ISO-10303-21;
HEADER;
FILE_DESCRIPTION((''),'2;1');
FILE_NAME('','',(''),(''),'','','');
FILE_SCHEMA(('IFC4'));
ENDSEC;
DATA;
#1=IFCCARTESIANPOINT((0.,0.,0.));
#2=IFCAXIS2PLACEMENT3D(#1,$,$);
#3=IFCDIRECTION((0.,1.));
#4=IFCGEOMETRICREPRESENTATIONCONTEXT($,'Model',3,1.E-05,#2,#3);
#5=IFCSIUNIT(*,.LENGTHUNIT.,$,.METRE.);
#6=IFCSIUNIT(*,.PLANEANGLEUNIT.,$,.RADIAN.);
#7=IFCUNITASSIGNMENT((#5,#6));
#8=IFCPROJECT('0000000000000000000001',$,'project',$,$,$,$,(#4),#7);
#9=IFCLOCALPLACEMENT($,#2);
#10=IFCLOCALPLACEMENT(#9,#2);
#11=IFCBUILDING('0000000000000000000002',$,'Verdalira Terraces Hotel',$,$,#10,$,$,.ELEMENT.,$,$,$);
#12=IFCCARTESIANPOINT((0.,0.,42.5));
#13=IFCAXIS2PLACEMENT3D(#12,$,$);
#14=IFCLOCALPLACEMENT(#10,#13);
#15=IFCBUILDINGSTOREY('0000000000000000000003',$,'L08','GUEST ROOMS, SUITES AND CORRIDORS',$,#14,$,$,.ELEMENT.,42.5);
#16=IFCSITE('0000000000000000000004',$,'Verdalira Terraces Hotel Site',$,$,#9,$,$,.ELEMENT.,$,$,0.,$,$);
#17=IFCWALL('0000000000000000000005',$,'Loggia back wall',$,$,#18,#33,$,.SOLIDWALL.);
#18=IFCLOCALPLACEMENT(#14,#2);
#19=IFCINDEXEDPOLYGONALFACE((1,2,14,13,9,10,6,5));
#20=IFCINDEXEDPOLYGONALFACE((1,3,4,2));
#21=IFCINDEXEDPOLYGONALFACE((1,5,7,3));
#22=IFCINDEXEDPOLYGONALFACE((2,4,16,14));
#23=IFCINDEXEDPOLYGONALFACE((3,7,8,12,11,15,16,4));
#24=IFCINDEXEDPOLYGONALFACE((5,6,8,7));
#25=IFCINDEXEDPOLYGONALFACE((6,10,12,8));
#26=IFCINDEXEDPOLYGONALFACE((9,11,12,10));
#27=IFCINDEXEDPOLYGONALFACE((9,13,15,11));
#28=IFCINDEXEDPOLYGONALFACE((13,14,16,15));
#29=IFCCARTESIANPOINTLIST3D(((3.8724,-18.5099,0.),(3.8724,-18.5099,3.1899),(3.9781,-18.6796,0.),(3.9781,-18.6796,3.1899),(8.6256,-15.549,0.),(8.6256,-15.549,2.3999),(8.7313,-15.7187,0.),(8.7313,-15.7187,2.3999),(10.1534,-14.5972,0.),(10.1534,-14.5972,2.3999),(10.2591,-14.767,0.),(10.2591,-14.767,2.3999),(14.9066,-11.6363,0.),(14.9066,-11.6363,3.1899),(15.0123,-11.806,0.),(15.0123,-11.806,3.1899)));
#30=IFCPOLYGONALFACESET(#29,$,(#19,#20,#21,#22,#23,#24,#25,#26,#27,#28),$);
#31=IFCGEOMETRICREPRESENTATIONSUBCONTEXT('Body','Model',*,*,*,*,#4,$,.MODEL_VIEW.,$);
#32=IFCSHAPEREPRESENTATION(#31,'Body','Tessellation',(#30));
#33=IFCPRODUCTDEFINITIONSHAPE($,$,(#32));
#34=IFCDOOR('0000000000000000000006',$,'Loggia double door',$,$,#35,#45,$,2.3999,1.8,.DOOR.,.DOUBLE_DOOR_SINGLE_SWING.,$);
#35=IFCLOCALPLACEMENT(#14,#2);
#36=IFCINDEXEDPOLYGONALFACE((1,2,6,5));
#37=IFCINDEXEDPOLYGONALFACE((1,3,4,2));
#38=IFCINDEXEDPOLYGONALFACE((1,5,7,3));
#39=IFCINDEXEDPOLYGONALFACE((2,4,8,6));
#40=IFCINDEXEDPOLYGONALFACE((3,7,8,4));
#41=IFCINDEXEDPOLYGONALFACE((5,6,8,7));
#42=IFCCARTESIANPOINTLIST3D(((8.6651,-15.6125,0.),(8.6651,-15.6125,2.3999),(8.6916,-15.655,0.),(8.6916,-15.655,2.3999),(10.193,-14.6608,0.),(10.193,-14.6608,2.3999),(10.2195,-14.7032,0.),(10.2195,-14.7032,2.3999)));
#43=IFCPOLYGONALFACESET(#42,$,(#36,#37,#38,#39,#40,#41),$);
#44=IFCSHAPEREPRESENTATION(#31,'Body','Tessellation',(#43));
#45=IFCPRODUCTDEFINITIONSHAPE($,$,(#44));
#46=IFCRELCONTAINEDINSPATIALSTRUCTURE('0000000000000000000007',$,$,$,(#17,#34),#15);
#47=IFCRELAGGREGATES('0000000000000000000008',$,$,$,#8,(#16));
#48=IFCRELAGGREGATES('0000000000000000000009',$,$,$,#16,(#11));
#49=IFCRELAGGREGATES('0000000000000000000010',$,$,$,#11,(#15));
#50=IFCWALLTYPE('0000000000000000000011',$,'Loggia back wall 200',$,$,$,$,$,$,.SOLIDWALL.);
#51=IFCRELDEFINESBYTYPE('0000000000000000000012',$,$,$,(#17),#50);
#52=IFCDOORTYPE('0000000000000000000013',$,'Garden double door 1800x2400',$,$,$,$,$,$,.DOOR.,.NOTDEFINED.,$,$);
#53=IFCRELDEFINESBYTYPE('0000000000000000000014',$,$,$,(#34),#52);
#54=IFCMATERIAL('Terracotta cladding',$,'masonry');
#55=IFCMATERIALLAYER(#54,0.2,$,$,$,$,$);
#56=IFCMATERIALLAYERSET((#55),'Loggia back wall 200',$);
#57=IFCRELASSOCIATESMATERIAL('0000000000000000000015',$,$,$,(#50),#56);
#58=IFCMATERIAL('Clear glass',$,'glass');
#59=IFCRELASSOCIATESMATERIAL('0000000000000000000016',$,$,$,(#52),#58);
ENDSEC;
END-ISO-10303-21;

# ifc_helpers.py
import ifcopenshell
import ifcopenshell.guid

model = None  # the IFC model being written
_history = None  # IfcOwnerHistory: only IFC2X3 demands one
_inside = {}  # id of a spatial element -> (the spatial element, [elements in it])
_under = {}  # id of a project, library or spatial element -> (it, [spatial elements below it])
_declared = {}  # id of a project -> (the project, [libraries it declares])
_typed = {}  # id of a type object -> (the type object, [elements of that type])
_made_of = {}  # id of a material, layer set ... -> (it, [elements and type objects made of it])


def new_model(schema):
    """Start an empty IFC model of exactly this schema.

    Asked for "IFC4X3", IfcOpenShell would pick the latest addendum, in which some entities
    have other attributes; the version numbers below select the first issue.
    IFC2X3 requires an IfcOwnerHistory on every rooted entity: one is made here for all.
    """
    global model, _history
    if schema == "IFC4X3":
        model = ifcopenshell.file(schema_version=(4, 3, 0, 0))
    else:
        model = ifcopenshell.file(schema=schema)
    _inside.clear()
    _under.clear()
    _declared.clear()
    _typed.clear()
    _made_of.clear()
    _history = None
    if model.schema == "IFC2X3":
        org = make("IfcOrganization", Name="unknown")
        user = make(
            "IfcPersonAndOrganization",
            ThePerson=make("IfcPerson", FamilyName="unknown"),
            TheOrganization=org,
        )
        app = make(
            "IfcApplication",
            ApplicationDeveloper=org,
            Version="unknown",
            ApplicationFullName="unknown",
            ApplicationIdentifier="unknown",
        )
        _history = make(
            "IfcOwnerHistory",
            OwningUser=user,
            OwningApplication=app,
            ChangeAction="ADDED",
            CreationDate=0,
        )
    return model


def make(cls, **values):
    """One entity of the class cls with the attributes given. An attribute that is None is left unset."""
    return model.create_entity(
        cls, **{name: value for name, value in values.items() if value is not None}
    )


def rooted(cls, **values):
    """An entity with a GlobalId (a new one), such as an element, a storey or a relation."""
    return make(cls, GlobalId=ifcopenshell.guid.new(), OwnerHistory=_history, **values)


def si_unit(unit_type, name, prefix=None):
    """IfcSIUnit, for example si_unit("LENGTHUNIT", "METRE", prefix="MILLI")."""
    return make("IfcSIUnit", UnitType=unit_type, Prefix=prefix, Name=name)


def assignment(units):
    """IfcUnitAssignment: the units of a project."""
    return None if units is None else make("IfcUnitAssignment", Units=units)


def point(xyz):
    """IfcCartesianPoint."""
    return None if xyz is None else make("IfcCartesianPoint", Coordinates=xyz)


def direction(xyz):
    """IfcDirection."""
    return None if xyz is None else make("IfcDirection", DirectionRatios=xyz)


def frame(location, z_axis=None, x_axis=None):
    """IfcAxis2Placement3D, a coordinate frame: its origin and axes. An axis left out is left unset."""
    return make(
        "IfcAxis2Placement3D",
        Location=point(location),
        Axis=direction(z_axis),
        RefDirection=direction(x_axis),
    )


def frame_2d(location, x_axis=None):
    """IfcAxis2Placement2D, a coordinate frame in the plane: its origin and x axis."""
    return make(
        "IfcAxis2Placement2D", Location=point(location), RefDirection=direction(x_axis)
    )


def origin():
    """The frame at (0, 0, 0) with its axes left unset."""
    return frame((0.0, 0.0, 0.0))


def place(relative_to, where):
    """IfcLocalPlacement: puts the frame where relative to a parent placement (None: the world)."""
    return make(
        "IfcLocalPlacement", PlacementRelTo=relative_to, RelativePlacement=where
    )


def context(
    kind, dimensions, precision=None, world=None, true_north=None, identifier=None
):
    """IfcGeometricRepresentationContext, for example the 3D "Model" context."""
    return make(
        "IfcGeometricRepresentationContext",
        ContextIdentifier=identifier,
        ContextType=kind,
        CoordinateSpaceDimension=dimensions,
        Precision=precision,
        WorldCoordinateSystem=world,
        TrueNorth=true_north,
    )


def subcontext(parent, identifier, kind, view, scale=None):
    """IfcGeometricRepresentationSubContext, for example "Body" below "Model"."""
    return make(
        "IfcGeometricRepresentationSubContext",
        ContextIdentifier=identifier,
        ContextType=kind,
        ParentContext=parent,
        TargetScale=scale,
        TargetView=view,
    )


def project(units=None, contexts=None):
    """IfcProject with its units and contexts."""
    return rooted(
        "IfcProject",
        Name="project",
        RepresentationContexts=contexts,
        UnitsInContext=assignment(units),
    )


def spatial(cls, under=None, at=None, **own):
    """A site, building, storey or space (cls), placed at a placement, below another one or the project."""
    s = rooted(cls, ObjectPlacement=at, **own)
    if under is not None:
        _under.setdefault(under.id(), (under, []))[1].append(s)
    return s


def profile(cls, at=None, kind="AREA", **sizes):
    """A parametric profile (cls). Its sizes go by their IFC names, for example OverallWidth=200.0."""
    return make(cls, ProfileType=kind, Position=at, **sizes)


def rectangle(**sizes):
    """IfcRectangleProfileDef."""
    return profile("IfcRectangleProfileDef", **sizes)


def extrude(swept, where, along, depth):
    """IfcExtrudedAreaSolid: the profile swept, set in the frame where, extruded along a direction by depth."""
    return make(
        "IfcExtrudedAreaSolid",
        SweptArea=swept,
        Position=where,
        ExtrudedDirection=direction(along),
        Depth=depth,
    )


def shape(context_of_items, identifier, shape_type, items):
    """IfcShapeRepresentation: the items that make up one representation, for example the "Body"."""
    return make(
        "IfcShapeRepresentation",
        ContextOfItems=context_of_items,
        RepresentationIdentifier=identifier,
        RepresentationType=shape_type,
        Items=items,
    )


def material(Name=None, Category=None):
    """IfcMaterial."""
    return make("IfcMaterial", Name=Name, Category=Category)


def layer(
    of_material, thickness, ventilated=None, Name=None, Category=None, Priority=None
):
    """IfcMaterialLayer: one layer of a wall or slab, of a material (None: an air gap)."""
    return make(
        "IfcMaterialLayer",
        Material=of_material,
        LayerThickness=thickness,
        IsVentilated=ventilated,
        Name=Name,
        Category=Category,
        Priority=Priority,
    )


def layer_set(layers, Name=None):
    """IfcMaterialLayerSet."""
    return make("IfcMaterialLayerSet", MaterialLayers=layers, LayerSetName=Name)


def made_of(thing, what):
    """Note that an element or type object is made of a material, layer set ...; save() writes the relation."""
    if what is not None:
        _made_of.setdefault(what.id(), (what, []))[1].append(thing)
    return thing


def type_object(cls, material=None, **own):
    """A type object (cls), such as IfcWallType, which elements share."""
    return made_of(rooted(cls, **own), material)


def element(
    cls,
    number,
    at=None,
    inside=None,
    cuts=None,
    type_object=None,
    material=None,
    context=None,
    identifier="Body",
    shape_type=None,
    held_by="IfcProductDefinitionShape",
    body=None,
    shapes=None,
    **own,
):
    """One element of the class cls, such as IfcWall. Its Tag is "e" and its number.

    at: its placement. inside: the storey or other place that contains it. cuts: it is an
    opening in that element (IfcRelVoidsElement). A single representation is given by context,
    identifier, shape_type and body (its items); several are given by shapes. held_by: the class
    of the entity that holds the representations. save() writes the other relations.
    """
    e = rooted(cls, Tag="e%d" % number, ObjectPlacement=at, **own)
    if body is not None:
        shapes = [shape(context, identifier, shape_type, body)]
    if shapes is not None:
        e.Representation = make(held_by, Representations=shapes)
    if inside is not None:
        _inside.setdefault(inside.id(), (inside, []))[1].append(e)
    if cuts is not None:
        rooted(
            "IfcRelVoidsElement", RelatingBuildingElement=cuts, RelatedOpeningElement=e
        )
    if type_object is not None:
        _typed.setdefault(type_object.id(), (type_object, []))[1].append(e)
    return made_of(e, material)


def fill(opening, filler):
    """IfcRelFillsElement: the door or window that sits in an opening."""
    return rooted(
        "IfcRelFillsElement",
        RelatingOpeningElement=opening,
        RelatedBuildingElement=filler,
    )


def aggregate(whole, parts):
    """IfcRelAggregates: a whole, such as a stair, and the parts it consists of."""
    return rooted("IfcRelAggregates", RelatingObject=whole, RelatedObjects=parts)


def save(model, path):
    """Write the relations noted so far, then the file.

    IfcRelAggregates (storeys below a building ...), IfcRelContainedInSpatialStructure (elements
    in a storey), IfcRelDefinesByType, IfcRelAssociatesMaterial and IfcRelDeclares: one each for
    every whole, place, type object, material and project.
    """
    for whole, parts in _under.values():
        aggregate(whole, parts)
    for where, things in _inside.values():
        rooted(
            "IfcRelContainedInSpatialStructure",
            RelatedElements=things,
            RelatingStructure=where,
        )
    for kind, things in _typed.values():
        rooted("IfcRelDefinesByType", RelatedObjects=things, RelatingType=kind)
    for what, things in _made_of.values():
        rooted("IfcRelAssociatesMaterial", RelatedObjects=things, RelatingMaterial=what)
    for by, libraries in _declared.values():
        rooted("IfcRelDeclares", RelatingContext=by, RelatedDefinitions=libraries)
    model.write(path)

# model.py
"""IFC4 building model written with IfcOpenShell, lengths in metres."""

from ifc_helpers import new_model, si_unit, direction, frame, frame_2d, origin, place, context, subcontext, project, spatial, rectangle, extrude, material, layer, layer_set, type_object, element, fill, save


model = new_model("IFC4")

# Units and contexts
model_context = context("Model", 3, precision=1e-05, world=origin(), true_north=direction((0.0, 1.0)))
body_context = subcontext(model_context, "Body", "Model", "MODEL_VIEW")
ifc_project = project(units=[si_unit("LENGTHUNIT", "METRE"), si_unit("PLANEANGLEUNIT", "RADIAN")], contexts=[model_context])

# Site, building, storey
site_placement = place(None, origin())
site = spatial("IfcSite", under=ifc_project, at=site_placement, Name="Verdalira Terraces Hotel Site", CompositionType="ELEMENT", RefElevation=0.0)
building_placement = place(site_placement, origin())
building = spatial("IfcBuilding", under=site, at=building_placement, Name="Verdalira Terraces Hotel", CompositionType="ELEMENT")
storey_placement = place(building_placement, frame((0.0, 0.0, 42.5)))
storey = spatial("IfcBuildingStorey", under=building, at=storey_placement, Name="L08", Description="GUEST ROOMS, SUITES AND CORRIDORS", CompositionType="ELEMENT", Elevation=42.5)

# Wall, opening, door
ifc_material_1 = material(Name="Terracotta cladding", Category="masonry")
ifc_layer_1 = layer(ifc_material_1, 0.2)
ifc_layer_set_1 = layer_set([ifc_layer_1], Name="Loggia back wall 200")
wall_type_1 = type_object("IfcWallType", Name="Loggia back wall 200", PredefinedType="SOLIDWALL", material=ifc_layer_set_1)
wall_1_placement = place(storey_placement, frame((14.9595, -11.7212, 0.0), z_axis=(0.0, 0.0, 1.0), x_axis=(-0.848787, -0.528736, 0.0)))
wall_1 = element("IfcWall", 1, at=wall_1_placement, inside=storey, type_object=wall_type_1, Name="Loggia back wall", PredefinedType="SOLIDWALL", context=body_context, shape_type="SweptSolid", body=[
    extrude(rectangle(XDim=13.0, YDim=0.2, at=frame_2d((6.5, 0.0))), origin(), (0.0, 0.0, 1.0), 3.1899),
])
opening_1_placement = place(wall_1_placement, frame((5.6001, 0.0, 0.0)))
opening_1 = element("IfcOpeningElement", 2, at=opening_1_placement, cuts=wall_1, PredefinedType="OPENING", context=body_context, shape_type="SweptSolid", body=[
    extrude(rectangle(XDim=1.8, YDim=2.3999, at=frame_2d((0.8999, 1.2))), frame((0.0, 0.1099, 0.0), z_axis=(0.0, -1.0, 0.0), x_axis=(1.0, 0.0, 0.0)), (0.0, 0.0, 1.0), 0.22),
])
ifc_material_2 = material(Name="Clear glass", Category="glass")
door_type_1 = type_object("IfcDoorType", Name="Garden double door 1800x2400", OperationType="NOTDEFINED", PredefinedType="DOOR", material=ifc_material_2)
door_1_placement = place(opening_1_placement, origin())
door_1 = element("IfcDoor", 3, at=door_1_placement, inside=storey, type_object=door_type_1, Name="Loggia double door", OperationType="DOUBLE_DOOR_SINGLE_SWING", OverallHeight=2.3999, OverallWidth=1.8, PredefinedType="DOOR", context=body_context, shape_type="SweptSolid", body=[
    extrude(rectangle(XDim=1.8, YDim=2.3999, at=frame_2d((0.8999, 1.2))), frame((0.0, 0.0249, 0.0), z_axis=(0.0, -1.0, 0.0), x_axis=(1.0, 0.0, 0.0)), (0.0, 0.0, 1.0), 0.05),
])
fill(opening_1, door_1)

save(model, "model.ifc")
